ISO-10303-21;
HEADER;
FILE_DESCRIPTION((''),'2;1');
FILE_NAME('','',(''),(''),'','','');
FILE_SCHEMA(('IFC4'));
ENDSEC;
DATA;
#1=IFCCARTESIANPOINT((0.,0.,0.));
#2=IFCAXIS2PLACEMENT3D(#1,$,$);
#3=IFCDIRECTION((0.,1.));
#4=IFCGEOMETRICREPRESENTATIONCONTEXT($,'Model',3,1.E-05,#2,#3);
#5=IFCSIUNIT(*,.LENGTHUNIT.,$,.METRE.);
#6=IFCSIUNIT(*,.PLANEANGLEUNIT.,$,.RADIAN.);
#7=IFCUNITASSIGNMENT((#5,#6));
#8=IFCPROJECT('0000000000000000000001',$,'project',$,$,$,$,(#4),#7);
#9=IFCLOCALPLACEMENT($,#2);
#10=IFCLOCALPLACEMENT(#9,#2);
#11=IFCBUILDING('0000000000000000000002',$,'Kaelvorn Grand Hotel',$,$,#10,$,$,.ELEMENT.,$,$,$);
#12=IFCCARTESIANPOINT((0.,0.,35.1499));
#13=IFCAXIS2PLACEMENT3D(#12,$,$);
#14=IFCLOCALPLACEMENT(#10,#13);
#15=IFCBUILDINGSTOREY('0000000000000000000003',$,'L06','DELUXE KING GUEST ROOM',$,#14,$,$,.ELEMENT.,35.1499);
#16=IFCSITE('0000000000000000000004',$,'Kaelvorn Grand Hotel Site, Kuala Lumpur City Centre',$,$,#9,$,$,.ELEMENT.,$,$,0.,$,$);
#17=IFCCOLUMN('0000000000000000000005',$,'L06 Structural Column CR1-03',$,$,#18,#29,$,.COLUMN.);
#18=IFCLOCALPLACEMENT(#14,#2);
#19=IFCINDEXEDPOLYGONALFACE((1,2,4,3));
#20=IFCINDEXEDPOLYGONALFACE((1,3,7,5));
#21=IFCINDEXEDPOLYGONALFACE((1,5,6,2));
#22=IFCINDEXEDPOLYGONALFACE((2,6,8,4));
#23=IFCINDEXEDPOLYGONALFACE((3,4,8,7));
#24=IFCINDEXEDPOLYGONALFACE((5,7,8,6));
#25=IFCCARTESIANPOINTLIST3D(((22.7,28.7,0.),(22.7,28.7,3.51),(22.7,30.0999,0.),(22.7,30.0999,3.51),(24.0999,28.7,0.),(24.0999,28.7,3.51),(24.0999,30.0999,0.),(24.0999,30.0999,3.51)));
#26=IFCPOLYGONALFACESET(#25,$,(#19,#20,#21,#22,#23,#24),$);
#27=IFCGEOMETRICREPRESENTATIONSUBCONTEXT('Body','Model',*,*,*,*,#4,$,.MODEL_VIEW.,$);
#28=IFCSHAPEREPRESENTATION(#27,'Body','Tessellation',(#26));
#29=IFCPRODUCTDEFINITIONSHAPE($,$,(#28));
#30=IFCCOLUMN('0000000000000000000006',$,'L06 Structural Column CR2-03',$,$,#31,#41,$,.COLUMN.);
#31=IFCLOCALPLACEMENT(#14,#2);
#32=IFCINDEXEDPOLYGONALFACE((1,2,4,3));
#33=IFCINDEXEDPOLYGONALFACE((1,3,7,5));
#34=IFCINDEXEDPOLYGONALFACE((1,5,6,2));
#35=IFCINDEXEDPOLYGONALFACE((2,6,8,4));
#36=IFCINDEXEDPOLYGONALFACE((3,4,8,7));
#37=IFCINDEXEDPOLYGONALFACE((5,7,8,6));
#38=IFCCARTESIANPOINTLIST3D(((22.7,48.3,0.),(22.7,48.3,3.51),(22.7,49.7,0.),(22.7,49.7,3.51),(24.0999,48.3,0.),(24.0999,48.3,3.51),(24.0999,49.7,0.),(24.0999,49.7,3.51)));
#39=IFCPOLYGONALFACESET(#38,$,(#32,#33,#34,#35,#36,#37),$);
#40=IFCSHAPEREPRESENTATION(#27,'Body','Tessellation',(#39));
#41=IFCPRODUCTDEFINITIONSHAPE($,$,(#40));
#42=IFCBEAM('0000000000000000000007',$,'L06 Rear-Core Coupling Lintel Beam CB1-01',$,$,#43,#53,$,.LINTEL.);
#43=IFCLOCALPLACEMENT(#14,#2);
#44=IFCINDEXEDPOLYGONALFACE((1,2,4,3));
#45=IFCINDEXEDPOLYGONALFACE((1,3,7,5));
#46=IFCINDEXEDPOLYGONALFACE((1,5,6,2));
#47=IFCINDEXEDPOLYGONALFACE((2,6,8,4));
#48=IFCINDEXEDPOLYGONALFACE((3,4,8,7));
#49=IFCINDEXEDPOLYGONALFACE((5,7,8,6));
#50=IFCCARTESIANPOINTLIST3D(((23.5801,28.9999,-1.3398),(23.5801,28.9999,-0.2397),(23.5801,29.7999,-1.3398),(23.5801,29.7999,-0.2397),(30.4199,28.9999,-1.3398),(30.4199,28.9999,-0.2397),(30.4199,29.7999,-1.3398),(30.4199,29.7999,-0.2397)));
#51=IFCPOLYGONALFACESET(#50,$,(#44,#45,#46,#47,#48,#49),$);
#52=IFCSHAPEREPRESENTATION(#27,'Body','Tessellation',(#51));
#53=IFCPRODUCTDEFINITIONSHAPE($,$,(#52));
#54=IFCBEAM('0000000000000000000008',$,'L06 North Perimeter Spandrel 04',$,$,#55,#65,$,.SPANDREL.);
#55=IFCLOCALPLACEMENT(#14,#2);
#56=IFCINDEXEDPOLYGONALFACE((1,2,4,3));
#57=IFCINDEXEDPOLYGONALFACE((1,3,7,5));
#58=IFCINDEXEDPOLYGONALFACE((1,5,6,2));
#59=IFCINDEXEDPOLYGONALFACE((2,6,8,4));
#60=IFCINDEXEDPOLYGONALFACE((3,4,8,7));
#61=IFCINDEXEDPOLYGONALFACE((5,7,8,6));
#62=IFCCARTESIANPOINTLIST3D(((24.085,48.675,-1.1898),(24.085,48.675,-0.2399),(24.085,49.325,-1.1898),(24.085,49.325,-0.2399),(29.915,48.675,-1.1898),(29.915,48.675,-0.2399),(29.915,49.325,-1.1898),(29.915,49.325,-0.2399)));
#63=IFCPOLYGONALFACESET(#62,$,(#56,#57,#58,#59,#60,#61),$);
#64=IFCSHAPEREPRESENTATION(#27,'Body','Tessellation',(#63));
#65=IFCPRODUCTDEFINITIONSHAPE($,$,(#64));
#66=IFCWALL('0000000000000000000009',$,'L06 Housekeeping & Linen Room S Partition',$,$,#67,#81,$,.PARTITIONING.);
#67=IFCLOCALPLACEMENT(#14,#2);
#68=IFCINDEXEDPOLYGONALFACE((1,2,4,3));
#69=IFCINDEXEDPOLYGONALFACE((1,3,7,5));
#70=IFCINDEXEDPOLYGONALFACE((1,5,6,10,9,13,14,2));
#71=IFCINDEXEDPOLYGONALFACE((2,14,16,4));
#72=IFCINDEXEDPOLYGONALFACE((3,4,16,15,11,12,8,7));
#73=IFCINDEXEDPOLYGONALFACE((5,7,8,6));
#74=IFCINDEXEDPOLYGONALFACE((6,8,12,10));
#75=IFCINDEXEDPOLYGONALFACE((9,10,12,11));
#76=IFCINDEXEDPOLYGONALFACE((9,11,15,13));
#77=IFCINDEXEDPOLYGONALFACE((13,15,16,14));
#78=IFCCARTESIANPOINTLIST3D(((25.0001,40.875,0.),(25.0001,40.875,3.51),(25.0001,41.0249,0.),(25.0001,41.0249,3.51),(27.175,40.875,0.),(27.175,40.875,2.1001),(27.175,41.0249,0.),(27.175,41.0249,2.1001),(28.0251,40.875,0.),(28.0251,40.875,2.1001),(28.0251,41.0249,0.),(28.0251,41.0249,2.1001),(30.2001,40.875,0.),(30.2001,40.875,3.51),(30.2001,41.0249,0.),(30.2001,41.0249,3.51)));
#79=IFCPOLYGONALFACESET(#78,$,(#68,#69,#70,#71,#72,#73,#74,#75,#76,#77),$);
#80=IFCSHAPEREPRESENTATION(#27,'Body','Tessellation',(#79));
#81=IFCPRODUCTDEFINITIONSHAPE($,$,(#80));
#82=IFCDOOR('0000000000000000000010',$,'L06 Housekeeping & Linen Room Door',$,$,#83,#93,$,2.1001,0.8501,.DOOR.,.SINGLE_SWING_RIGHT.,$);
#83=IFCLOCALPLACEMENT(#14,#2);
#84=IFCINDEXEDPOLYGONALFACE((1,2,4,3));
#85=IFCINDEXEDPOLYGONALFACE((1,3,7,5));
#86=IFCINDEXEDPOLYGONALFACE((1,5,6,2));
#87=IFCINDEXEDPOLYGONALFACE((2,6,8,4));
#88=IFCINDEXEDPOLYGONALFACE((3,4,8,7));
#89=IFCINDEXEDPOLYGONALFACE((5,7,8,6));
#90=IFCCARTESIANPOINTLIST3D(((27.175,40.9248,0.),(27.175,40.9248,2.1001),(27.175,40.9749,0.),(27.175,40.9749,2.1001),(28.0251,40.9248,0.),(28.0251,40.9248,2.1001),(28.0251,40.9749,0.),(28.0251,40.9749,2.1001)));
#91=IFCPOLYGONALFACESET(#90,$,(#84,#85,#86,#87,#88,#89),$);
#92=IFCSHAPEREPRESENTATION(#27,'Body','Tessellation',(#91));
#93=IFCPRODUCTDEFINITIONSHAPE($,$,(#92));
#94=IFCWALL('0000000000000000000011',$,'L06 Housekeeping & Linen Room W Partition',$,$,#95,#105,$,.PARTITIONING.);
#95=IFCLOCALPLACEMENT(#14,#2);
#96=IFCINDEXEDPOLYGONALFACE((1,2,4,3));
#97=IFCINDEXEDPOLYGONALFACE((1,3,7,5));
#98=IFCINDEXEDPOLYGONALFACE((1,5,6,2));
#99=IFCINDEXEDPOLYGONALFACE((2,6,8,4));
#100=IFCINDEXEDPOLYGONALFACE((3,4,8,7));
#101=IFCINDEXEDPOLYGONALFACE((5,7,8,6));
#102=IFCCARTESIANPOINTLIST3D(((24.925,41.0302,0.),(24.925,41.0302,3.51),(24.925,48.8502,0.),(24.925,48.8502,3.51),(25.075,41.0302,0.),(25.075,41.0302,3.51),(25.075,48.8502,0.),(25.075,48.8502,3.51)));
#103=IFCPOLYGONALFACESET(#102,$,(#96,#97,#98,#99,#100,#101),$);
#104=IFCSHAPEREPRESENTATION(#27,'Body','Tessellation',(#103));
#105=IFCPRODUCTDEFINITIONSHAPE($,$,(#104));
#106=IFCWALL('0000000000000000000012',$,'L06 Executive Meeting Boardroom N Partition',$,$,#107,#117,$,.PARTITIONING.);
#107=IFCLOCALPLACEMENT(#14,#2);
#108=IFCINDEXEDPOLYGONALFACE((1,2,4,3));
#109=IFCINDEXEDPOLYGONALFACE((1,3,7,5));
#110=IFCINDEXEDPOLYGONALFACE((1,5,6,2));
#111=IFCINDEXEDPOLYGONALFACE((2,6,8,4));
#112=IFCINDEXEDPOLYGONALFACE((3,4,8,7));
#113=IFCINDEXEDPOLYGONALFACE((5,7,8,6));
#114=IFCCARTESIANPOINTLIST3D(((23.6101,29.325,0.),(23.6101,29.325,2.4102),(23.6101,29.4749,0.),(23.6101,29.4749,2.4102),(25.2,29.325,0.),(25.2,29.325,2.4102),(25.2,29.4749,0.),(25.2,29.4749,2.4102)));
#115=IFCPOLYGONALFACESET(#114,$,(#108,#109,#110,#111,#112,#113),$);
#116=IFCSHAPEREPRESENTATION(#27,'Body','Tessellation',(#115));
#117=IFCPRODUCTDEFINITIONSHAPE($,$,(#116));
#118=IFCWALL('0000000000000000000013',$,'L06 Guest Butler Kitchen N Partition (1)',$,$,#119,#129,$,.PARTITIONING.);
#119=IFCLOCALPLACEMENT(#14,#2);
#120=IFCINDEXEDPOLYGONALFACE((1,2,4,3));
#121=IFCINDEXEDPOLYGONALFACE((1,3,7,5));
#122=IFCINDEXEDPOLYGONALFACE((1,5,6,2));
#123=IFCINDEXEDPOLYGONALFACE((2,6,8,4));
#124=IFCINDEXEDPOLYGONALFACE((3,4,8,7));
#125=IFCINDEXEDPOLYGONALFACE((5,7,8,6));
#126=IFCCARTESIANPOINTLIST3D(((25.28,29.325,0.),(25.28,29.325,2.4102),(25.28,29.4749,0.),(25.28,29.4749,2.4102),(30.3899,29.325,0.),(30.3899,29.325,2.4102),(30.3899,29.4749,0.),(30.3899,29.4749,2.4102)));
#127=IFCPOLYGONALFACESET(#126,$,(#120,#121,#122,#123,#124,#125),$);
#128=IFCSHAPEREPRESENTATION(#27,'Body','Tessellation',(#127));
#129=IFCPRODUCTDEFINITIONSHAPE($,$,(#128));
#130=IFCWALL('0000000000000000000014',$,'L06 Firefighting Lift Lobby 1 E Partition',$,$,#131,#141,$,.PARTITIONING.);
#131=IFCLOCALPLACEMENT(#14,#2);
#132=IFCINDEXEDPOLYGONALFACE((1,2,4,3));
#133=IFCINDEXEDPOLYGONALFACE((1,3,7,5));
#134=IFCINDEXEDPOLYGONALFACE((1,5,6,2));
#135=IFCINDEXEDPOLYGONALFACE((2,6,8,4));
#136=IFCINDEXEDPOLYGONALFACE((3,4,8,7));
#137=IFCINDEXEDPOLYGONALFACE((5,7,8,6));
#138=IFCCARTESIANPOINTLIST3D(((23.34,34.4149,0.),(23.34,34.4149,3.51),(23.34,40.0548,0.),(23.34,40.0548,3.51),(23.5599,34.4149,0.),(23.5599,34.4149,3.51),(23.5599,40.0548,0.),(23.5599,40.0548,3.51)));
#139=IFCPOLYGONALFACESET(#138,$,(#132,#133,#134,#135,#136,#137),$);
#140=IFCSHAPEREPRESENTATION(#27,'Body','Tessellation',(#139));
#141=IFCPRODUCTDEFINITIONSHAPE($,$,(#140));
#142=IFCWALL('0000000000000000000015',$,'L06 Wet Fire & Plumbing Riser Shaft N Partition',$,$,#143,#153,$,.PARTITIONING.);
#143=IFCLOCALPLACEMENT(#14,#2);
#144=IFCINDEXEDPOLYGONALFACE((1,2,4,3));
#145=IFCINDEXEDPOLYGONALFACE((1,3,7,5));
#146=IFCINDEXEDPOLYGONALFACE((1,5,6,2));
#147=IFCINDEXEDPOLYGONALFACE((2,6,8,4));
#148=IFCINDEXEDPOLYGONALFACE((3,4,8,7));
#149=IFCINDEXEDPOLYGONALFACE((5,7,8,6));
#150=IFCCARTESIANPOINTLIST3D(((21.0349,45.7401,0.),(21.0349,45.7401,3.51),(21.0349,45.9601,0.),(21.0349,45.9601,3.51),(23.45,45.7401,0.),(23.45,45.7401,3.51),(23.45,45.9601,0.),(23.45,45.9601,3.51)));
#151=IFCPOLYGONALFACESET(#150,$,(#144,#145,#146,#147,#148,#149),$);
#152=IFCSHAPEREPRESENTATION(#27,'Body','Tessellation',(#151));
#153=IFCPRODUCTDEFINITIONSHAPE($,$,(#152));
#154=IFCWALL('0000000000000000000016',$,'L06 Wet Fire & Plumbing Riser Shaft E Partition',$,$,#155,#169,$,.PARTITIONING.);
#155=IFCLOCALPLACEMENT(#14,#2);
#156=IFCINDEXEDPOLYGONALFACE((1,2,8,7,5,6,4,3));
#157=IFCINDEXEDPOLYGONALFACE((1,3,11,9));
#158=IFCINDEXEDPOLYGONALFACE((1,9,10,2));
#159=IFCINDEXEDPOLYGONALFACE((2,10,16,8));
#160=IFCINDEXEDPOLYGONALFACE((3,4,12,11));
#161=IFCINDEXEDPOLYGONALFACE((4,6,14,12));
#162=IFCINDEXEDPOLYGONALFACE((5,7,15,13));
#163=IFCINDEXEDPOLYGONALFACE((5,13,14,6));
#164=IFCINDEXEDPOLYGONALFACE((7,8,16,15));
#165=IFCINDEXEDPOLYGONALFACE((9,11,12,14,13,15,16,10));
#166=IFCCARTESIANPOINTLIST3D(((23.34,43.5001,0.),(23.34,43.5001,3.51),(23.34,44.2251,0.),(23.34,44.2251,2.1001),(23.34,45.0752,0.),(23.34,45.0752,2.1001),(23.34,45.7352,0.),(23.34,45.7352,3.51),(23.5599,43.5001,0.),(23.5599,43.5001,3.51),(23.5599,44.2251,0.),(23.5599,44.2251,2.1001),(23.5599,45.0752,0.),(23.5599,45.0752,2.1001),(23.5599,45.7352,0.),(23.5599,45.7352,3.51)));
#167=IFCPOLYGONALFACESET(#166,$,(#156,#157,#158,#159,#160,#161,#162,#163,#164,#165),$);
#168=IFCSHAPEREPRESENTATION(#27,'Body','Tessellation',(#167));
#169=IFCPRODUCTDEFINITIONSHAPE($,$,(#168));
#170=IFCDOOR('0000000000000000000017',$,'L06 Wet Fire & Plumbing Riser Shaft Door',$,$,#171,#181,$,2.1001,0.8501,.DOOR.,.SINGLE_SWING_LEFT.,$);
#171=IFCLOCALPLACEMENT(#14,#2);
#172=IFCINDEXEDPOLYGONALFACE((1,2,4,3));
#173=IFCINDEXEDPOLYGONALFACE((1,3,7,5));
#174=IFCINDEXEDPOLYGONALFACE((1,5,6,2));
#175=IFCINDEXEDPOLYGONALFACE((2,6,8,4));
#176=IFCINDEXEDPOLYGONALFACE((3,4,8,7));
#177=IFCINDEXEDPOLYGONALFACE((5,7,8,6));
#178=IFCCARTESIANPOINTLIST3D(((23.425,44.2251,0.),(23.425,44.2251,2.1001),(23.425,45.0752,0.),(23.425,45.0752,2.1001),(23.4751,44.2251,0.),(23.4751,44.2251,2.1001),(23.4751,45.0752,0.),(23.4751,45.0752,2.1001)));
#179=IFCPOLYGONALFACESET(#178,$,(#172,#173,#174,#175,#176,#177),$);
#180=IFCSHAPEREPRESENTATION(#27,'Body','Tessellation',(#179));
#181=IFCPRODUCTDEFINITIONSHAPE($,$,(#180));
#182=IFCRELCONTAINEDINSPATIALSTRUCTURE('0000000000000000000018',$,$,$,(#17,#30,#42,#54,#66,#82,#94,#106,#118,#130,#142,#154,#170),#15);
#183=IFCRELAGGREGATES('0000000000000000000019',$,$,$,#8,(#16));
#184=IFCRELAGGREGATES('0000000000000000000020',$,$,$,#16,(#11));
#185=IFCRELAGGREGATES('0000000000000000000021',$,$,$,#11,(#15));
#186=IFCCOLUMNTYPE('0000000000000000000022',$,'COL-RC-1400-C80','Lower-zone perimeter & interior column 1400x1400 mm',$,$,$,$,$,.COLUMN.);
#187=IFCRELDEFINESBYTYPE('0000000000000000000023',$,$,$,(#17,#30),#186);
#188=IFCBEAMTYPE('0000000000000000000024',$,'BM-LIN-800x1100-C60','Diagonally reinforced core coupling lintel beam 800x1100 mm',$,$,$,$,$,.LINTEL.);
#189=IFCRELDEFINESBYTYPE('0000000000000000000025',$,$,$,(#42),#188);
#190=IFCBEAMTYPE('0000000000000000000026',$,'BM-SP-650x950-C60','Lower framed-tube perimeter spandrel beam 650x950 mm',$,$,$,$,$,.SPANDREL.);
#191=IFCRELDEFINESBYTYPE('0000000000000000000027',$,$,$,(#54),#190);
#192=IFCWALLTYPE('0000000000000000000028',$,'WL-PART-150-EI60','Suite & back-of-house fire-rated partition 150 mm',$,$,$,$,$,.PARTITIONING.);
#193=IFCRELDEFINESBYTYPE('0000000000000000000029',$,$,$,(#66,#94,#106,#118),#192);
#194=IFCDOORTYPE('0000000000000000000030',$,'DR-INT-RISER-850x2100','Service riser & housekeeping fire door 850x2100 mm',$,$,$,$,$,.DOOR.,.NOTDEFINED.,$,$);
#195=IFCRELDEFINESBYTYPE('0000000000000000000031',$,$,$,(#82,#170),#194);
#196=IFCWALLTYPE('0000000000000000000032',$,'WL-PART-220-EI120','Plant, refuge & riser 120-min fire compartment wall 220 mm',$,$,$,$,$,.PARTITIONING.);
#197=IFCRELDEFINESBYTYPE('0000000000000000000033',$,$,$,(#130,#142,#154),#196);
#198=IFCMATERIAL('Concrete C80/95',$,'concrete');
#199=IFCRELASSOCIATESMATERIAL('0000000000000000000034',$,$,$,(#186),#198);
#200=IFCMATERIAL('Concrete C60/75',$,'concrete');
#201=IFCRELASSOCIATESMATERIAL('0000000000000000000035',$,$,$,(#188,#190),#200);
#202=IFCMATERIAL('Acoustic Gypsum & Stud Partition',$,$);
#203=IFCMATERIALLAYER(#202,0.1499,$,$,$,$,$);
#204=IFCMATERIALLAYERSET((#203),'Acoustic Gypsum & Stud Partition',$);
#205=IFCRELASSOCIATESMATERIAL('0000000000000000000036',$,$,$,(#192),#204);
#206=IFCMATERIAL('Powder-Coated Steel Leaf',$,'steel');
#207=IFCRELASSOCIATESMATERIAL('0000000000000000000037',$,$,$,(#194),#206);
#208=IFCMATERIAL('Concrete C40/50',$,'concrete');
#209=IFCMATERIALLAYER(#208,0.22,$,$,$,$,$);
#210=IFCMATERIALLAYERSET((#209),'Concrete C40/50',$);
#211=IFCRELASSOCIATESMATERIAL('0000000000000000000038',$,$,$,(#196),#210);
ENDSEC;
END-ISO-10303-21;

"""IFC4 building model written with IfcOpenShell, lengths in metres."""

from ifc_helpers import new_model, si_unit, direction, frame, frame_2d, origin, origin_2d, place, context, subcontext, project, spatial, rectangle, extrude, material, layer, layer_set, material_profile, profile_set, type_object, element, fill, save


model = new_model("IFC4")

# Units and contexts
model_context = context("Model", 3, precision=1e-05, world=origin(), true_north=direction((0.0, 1.0)))
body_context = subcontext(model_context, "Body", "Model", "MODEL_VIEW")
ifc_project = project(units=[si_unit("LENGTHUNIT", "METRE"), si_unit("PLANEANGLEUNIT", "RADIAN")], contexts=[model_context])

# Site, building, storey
site_placement = place(None, origin())
site = spatial("IfcSite", under=ifc_project, at=site_placement, Name="Kaelvorn Grand Hotel Site, Kuala Lumpur City Centre", CompositionType="ELEMENT", RefElevation=0.0)
building_placement = place(site_placement, origin())
building = spatial("IfcBuilding", under=site, at=building_placement, Name="Kaelvorn Grand Hotel", CompositionType="ELEMENT")
storey_placement = place(building_placement, frame((0.0, 0.0, 35.1499)))
storey = spatial("IfcBuildingStorey", under=building, at=storey_placement, Name="L06", Description="DELUXE KING GUEST ROOM", CompositionType="ELEMENT", Elevation=35.1499)

# Columns
ifc_material_1 = material(Name="Concrete C80/95", Category="concrete")
ifc_material_profile_1 = material_profile(ifc_material_1, rectangle(XDim=1.3999, YDim=1.3999, at=origin_2d()), Name="RC COL 1400x1400")
ifc_profile_set_1 = profile_set([ifc_material_profile_1], Name="Concrete C80/95")
column_type = type_object("IfcColumnType", Name="COL-RC-1400-C80", Description="Lower-zone perimeter & interior column 1400x1400 mm", PredefinedType="COLUMN", material=ifc_profile_set_1)
for number, where, z_axis, x_axis, name in (
    (1, (23.3999, 29.3999, 0.0), (0.0, 0.0, 1.0), (1.0, 0.0, 0.0), "L06 Structural Column CR1-03"),
    (2, (23.3999, 49.0, 0.0), (0.0, 0.0, 1.0), (1.0, 0.0, 0.0), "L06 Structural Column CR2-03"),
):
    element("IfcColumn", number, at=place(storey_placement, frame(where, z_axis=z_axis, x_axis=x_axis)), inside=storey, type_object=column_type, Name=name, PredefinedType="COLUMN", context=body_context, shape_type="SweptSolid", body=[
        extrude(rectangle(XDim=1.3999, YDim=1.3999, at=origin_2d()), origin(), (0.0, 0.0, 1.0), 3.51),
    ])

# Beams
ifc_material_2 = material(Name="Concrete C60/75", Category="concrete")
ifc_material_profile_2 = material_profile(ifc_material_2, rectangle(XDim=0.8, YDim=1.1001, at=origin_2d()), Name="RC LINTEL 800x1100")
ifc_profile_set_2 = profile_set([ifc_material_profile_2], Name="Concrete C60/75")
beam_type_1 = type_object("IfcBeamType", Name="BM-LIN-800x1100-C60", Description="Diagonally reinforced core coupling lintel beam 800x1100 mm", PredefinedType="LINTEL", material=ifc_profile_set_2)
beam_1_placement = place(storey_placement, frame((23.5801, 29.3999, -0.7898), z_axis=(1.0, 0.0, 0.0), x_axis=(0.0, 1.0, 0.0)))
element("IfcBeam", 3, at=beam_1_placement, inside=storey, type_object=beam_type_1, Name="L06 Rear-Core Coupling Lintel Beam CB1-01", PredefinedType="LINTEL", context=body_context, shape_type="SweptSolid", body=[
    extrude(rectangle(XDim=0.8, YDim=1.1001, at=origin_2d()), origin(), (0.0, 0.0, 1.0), 6.8398),
])
ifc_material_profile_3 = material_profile(ifc_material_2, rectangle(XDim=0.6499, YDim=0.95, at=origin_2d()), Name="RC SPANDREL 650x950")
ifc_profile_set_3 = profile_set([ifc_material_profile_3], Name="Concrete C60/75")
beam_type_2 = type_object("IfcBeamType", Name="BM-SP-650x950-C60", Description="Lower framed-tube perimeter spandrel beam 650x950 mm", PredefinedType="SPANDREL", material=ifc_profile_set_3)
beam_2_placement = place(storey_placement, frame((24.085, 49.0, -0.7148), z_axis=(1.0, 0.0, 0.0), x_axis=(0.0, 1.0, 0.0)))
element("IfcBeam", 4, at=beam_2_placement, inside=storey, type_object=beam_type_2, Name="L06 North Perimeter Spandrel 04", PredefinedType="SPANDREL", context=body_context, shape_type="SweptSolid", body=[
    extrude(rectangle(XDim=0.6499, YDim=0.95, at=origin_2d()), origin(), (0.0, 0.0, 1.0), 5.8301),
])

# Wall, opening, door
ifc_material_3 = material(Name="Acoustic Gypsum & Stud Partition")
ifc_layer_1 = layer(ifc_material_3, 0.1499)
ifc_layer_set_1 = layer_set([ifc_layer_1], Name="Acoustic Gypsum & Stud Partition")
wall_type_1 = type_object("IfcWallType", Name="WL-PART-150-EI60", Description="Suite & back-of-house fire-rated partition 150 mm", PredefinedType="PARTITIONING", material=ifc_layer_set_1)
wall_1_placement = place(storey_placement, frame((25.0, 40.95, 0.0), z_axis=(0.0, 0.0, 1.0), x_axis=(1.0, 0.0, 0.0)))
wall_1 = element("IfcWall", 5, at=wall_1_placement, inside=storey, type_object=wall_type_1, Name="L06 Housekeeping & Linen Room S Partition", PredefinedType="PARTITIONING", context=body_context, shape_type="SweptSolid", body=[
    extrude(rectangle(XDim=5.2, YDim=0.1499, at=frame_2d((2.6001, 0.0))), origin(), (0.0, 0.0, 1.0), 3.51),
])
opening_1_placement = place(wall_1_placement, frame((2.175, 0.0, 0.0)))
opening_1 = element("IfcOpeningElement", 6, at=opening_1_placement, cuts=wall_1, PredefinedType="OPENING", context=body_context, shape_type="SweptSolid", body=[
    extrude(rectangle(XDim=0.8501, YDim=2.1001, at=frame_2d((0.425, 1.05))), frame((0.0, 0.085, 0.0), z_axis=(0.0, -1.0, 0.0), x_axis=(1.0, 0.0, 0.0)), (0.0, 0.0, 1.0), 0.1699),
])
ifc_material_4 = material(Name="Powder-Coated Steel Leaf", Category="steel")
door_type_1 = type_object("IfcDoorType", Name="DR-INT-RISER-850x2100", Description="Service riser & housekeeping fire door 850x2100 mm", OperationType="NOTDEFINED", PredefinedType="DOOR", material=ifc_material_4)
door_1_placement = place(opening_1_placement, origin())
door_1 = element("IfcDoor", 7, at=door_1_placement, inside=storey, type_object=door_type_1, Name="L06 Housekeeping & Linen Room Door", OperationType="SINGLE_SWING_RIGHT", OverallHeight=2.1001, OverallWidth=0.8501, PredefinedType="DOOR", context=body_context, shape_type="SweptSolid", body=[
    extrude(rectangle(XDim=0.8501, YDim=2.1001, at=frame_2d((0.425, 1.05))), frame((0.0, 0.0249, 0.0), z_axis=(0.0, -1.0, 0.0), x_axis=(1.0, 0.0, 0.0)), (0.0, 0.0, 1.0), 0.05),
])
fill(opening_1, door_1)

# Walls
wall_2_placement = place(storey_placement, frame((25.0, 41.03, 0.0), z_axis=(0.0, 0.0, 1.0), x_axis=(0.0, 1.0, 0.0)))
element("IfcWall", 8, at=wall_2_placement, inside=storey, type_object=wall_type_1, Name="L06 Housekeeping & Linen Room W Partition", PredefinedType="PARTITIONING", context=body_context, shape_type="SweptSolid", body=[
    extrude(rectangle(XDim=7.8201, YDim=0.1499, at=frame_2d((3.9102, 0.0))), origin(), (0.0, 0.0, 1.0), 3.51),
])
wall_3_placement = place(storey_placement, frame((23.6101, 29.3999, 0.0), z_axis=(0.0, 0.0, 1.0), x_axis=(1.0, 0.0, 0.0)))
element("IfcWall", 9, at=wall_3_placement, inside=storey, type_object=wall_type_1, Name="L06 Executive Meeting Boardroom N Partition", PredefinedType="PARTITIONING", context=body_context, shape_type="SweptSolid", body=[
    extrude(rectangle(XDim=1.5898, YDim=0.1499, at=frame_2d((0.7949, 0.0))), origin(), (0.0, 0.0, 1.0), 2.4102),
])
wall_4_placement = place(storey_placement, frame((25.28, 29.3999, 0.0), z_axis=(0.0, 0.0, 1.0), x_axis=(1.0, 0.0, 0.0)))
element("IfcWall", 10, at=wall_4_placement, inside=storey, type_object=wall_type_1, Name="L06 Guest Butler Kitchen N Partition (1)", PredefinedType="PARTITIONING", context=body_context, shape_type="SweptSolid", body=[
    extrude(rectangle(XDim=5.1099, YDim=0.1499, at=frame_2d((2.5549, 0.0))), origin(), (0.0, 0.0, 1.0), 2.4102),
])
ifc_material_5 = material(Name="Concrete C40/50", Category="concrete")
ifc_layer_2 = layer(ifc_material_5, 0.22)
ifc_layer_set_2 = layer_set([ifc_layer_2], Name="Concrete C40/50")
wall_type_2 = type_object("IfcWallType", Name="WL-PART-220-EI120", Description="Plant, refuge & riser 120-min fire compartment wall 220 mm", PredefinedType="PARTITIONING", material=ifc_layer_set_2)
wall_5_placement = place(storey_placement, frame((23.45, 34.415, 0.0), z_axis=(0.0, 0.0, 1.0), x_axis=(0.0, 1.0, 0.0)))
element("IfcWall", 11, at=wall_5_placement, inside=storey, type_object=wall_type_2, Name="L06 Firefighting Lift Lobby 1 E Partition", PredefinedType="PARTITIONING", context=body_context, shape_type="SweptSolid", body=[
    extrude(rectangle(XDim=5.6399, YDim=0.22, at=frame_2d((2.8198, 0.0))), origin(), (0.0, 0.0, 1.0), 3.51),
])
wall_6_placement = place(storey_placement, frame((21.0349, 45.8501, 0.0), z_axis=(0.0, 0.0, 1.0), x_axis=(1.0, 0.0, 0.0)))
element("IfcWall", 12, at=wall_6_placement, inside=storey, type_object=wall_type_2, Name="L06 Wet Fire & Plumbing Riser Shaft N Partition", PredefinedType="PARTITIONING", context=body_context, shape_type="SweptSolid", body=[
    extrude(rectangle(XDim=2.415, YDim=0.22, at=frame_2d((1.2075, 0.0))), origin(), (0.0, 0.0, 1.0), 3.51),
])

# Wall, opening, door
wall_7_placement = place(storey_placement, frame((23.45, 43.5, 0.0), z_axis=(0.0, 0.0, 1.0), x_axis=(0.0, 1.0, 0.0)))
wall_7 = element("IfcWall", 13, at=wall_7_placement, inside=storey, type_object=wall_type_2, Name="L06 Wet Fire & Plumbing Riser Shaft E Partition", PredefinedType="PARTITIONING", context=body_context, shape_type="SweptSolid", body=[
    extrude(rectangle(XDim=2.2351, YDim=0.22, at=frame_2d((1.1177, 0.0))), origin(), (0.0, 0.0, 1.0), 3.51),
])
opening_2_placement = place(wall_7_placement, frame((0.7251, 0.0, 0.0)))
opening_2 = element("IfcOpeningElement", 14, at=opening_2_placement, cuts=wall_7, PredefinedType="OPENING", context=body_context, shape_type="SweptSolid", body=[
    extrude(rectangle(XDim=0.8501, YDim=2.1001, at=frame_2d((0.425, 1.05))), frame((0.0, 0.1201, 0.0), z_axis=(0.0, -1.0, 0.0), x_axis=(1.0, 0.0, 0.0)), (0.0, 0.0, 1.0), 0.24),
])
door_2_placement = place(opening_2_placement, origin())
door_2 = element("IfcDoor", 15, at=door_2_placement, inside=storey, type_object=door_type_1, Name="L06 Wet Fire & Plumbing Riser Shaft Door", OperationType="SINGLE_SWING_LEFT", OverallHeight=2.1001, OverallWidth=0.8501, PredefinedType="DOOR", context=body_context, shape_type="SweptSolid", body=[
    extrude(rectangle(XDim=0.8501, YDim=2.1001, at=frame_2d((0.425, 1.05))), frame((0.0, 0.0249, 0.0), z_axis=(0.0, -1.0, 0.0), x_axis=(1.0, 0.0, 0.0)), (0.0, 0.0, 1.0), 0.05),
])
fill(opening_2, door_2)

save(model, "model.ifc")
